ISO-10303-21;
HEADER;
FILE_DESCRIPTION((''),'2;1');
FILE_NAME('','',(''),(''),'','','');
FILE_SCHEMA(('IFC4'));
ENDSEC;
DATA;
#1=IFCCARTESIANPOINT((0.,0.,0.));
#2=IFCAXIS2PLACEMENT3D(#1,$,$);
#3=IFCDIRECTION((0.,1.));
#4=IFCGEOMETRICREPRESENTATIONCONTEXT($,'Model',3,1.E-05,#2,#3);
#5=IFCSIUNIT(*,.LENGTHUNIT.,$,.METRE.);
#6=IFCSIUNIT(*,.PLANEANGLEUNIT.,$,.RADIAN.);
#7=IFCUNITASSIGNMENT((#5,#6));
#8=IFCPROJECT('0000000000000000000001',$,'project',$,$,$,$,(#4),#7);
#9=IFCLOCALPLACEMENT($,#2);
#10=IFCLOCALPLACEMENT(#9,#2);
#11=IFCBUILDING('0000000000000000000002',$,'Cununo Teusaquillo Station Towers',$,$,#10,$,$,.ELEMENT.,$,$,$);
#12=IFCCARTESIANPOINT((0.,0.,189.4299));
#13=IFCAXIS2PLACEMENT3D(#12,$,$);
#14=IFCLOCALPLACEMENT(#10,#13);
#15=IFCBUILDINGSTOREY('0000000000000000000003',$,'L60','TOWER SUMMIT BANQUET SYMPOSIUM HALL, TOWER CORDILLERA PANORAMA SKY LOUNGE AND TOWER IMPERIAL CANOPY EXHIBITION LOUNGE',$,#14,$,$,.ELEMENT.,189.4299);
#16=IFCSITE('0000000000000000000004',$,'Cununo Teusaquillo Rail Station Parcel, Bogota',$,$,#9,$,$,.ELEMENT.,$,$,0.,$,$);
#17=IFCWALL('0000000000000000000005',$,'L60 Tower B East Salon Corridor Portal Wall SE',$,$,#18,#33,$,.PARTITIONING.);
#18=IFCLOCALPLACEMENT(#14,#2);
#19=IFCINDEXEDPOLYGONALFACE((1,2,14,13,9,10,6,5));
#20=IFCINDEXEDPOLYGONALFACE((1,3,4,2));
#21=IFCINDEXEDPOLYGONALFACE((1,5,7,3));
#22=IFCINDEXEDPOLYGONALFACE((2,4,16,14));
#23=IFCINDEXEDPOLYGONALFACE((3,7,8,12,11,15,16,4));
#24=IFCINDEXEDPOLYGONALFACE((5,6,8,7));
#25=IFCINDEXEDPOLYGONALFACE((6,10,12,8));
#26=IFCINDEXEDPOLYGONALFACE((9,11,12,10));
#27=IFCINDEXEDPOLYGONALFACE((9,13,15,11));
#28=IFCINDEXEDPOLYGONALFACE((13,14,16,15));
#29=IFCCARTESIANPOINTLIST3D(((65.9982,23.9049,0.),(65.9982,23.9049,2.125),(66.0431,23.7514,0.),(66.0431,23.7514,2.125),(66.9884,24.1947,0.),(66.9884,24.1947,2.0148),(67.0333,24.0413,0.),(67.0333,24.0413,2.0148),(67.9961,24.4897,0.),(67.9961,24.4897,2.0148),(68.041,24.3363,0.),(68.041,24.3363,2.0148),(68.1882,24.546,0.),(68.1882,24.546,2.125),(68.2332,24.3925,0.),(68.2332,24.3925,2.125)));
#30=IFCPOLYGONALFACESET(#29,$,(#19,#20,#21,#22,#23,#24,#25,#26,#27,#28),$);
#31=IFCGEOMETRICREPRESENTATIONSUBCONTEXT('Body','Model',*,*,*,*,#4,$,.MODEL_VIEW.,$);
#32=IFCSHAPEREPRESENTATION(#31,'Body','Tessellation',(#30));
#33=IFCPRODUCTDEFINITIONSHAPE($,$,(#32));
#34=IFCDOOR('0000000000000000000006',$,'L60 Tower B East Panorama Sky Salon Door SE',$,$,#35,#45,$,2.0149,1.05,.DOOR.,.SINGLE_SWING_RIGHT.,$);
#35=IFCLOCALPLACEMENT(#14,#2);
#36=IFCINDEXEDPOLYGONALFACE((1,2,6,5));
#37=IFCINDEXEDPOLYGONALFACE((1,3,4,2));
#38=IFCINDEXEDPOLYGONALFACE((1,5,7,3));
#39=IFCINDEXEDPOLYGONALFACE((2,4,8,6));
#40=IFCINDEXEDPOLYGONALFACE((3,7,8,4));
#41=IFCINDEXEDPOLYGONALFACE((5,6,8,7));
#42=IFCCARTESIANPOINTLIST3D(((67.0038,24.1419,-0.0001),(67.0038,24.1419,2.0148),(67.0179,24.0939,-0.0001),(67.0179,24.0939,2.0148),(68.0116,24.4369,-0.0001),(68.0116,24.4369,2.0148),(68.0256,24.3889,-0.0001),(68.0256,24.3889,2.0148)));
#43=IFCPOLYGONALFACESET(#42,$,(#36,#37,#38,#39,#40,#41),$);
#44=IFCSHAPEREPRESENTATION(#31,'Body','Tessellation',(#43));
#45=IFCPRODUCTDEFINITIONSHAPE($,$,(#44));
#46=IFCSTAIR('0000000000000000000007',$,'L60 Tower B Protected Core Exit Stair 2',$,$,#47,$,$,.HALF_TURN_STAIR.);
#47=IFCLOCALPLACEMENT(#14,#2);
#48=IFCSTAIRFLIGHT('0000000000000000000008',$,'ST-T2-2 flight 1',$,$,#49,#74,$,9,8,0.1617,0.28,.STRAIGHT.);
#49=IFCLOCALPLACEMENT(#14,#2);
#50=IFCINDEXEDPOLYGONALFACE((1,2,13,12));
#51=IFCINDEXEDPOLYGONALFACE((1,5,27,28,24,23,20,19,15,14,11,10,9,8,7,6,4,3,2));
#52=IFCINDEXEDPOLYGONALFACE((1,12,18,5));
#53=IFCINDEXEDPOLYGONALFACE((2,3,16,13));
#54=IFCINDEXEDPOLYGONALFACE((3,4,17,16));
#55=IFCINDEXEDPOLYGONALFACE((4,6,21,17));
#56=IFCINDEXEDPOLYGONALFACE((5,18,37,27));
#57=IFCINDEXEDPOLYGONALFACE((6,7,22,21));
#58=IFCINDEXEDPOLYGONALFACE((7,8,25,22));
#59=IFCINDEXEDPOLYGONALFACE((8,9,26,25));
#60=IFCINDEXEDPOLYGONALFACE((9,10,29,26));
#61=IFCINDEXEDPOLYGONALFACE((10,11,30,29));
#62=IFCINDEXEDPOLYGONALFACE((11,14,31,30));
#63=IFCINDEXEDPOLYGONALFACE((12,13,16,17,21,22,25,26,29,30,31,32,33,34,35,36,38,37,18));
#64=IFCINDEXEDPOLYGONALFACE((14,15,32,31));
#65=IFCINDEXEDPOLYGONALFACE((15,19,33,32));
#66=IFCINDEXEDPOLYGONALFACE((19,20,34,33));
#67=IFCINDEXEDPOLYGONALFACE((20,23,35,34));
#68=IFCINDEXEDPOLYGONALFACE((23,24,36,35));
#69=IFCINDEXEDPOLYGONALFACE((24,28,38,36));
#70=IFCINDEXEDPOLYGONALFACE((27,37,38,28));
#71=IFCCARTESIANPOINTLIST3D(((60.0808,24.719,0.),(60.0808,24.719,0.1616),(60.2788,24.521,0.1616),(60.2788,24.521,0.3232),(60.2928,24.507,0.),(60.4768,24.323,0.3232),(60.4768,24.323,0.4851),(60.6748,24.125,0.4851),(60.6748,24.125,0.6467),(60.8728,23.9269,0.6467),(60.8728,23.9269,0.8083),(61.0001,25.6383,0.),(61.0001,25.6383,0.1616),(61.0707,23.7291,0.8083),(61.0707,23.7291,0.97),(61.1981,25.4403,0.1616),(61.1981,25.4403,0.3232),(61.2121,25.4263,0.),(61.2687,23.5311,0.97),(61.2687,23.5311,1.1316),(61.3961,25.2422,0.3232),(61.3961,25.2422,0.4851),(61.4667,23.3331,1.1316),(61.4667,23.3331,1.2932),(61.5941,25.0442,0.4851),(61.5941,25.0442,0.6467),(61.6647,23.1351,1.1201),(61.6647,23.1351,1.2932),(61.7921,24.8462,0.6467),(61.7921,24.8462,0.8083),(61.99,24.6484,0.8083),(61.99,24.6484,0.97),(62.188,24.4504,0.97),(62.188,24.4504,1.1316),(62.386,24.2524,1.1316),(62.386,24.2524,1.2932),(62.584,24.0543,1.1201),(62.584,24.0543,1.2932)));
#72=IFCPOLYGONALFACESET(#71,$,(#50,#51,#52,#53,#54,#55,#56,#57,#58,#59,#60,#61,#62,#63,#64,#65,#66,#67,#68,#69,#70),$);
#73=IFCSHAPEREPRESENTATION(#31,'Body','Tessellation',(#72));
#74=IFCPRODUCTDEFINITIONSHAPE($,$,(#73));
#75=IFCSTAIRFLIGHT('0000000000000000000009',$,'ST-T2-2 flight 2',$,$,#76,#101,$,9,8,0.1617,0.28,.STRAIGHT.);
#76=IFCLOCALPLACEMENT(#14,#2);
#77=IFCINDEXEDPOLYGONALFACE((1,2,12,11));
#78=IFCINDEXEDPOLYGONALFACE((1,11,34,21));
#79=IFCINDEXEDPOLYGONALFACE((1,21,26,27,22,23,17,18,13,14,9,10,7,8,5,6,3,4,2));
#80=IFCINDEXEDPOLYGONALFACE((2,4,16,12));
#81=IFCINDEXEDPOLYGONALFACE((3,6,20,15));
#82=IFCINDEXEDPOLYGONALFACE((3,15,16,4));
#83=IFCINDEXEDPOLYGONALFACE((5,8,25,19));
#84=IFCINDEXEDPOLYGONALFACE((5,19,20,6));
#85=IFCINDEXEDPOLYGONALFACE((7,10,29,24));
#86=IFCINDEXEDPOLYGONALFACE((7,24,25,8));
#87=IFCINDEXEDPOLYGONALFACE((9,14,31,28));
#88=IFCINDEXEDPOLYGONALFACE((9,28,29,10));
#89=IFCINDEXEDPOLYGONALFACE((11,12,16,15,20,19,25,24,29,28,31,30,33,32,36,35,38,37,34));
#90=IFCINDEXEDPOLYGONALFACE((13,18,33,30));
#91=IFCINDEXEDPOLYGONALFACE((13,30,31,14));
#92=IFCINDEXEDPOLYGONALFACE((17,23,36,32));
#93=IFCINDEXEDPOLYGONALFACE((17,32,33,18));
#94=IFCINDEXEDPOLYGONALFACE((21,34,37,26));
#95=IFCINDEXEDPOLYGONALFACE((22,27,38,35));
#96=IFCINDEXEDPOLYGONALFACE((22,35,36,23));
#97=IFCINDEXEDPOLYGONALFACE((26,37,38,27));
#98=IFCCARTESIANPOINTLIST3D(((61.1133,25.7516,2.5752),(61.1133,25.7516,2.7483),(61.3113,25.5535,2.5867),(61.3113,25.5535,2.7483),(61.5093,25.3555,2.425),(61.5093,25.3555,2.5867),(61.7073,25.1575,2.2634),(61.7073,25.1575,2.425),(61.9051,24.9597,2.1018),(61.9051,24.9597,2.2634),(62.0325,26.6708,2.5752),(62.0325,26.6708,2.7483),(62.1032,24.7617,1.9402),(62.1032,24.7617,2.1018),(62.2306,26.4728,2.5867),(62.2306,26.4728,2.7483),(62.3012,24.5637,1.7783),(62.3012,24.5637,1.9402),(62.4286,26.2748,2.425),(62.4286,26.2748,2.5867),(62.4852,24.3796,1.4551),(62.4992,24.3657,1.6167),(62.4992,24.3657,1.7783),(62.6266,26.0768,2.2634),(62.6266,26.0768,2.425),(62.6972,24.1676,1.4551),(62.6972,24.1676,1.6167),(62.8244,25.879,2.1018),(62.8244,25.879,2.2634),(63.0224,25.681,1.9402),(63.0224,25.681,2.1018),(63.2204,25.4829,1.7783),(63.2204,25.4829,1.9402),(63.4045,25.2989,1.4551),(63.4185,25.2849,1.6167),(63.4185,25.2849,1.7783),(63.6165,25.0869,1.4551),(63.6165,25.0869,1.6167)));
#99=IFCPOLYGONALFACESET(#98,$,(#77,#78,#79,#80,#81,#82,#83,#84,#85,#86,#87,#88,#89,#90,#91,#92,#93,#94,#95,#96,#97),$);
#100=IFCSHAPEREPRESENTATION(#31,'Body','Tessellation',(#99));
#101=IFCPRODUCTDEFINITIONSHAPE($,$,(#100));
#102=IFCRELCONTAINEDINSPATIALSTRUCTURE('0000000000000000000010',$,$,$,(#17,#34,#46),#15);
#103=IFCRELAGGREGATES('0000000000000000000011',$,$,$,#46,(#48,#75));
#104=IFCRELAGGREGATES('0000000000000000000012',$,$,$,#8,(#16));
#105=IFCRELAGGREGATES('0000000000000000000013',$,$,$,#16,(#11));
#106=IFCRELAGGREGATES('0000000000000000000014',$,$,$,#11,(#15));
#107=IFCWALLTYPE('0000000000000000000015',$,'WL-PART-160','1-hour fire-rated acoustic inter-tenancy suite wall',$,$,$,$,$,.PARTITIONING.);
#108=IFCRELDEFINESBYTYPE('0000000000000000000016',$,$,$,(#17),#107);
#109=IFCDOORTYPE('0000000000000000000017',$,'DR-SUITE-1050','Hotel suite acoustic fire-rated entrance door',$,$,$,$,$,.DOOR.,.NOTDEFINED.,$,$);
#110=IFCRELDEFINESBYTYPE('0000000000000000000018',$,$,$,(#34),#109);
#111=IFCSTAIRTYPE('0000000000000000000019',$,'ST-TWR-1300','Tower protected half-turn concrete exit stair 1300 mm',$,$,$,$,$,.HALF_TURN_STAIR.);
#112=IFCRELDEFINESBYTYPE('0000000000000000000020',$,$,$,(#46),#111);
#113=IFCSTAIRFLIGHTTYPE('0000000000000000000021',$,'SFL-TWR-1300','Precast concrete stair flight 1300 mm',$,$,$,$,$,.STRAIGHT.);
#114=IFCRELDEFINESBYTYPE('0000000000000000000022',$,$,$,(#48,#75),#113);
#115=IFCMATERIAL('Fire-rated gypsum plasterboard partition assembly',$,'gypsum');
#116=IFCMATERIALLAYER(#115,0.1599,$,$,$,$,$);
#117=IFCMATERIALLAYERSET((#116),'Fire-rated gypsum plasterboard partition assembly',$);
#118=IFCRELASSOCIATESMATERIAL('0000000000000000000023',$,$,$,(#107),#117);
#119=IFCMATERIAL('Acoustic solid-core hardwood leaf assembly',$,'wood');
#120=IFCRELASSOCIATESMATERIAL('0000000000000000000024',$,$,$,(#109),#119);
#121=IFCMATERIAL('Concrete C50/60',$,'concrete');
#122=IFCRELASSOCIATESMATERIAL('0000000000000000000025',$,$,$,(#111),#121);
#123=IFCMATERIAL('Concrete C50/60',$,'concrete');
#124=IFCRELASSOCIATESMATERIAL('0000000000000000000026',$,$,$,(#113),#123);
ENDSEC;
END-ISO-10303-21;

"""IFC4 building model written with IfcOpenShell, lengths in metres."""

from ifc_helpers import new_model, si_unit, direction, frame, frame_2d, origin, place, context, subcontext, project, spatial, polyline, rectangle, outline, extrude, source, transform, mapped, material, layer, layer_set, type_object, element, fill, aggregate, save


model = new_model("IFC4")

# Units and contexts
model_context = context("Model", 3, precision=1e-05, world=origin(), true_north=direction((0.0, 1.0)))
body_context = subcontext(model_context, "Body", "Model", "MODEL_VIEW")
ifc_project = project(units=[si_unit("LENGTHUNIT", "METRE"), si_unit("PLANEANGLEUNIT", "RADIAN")], contexts=[model_context])

# Site, building, storey
site_placement = place(None, origin())
site = spatial("IfcSite", under=ifc_project, at=site_placement, Name="Cununo Teusaquillo Rail Station Parcel, Bogota", CompositionType="ELEMENT", RefElevation=0.0)
building_placement = place(site_placement, origin())
building = spatial("IfcBuilding", under=site, at=building_placement, Name="Cununo Teusaquillo Station Towers", CompositionType="ELEMENT")
storey_placement = place(building_placement, frame((0.0, 0.0, 189.4299)))
storey = spatial("IfcBuildingStorey", under=building, at=storey_placement, Name="L60", Description="TOWER SUMMIT BANQUET SYMPOSIUM HALL, TOWER CORDILLERA PANORAMA SKY LOUNGE AND TOWER IMPERIAL CANOPY EXHIBITION LOUNGE", CompositionType="ELEMENT", Elevation=189.4299)

# Wall, opening, door
ifc_material_1 = material(Name="Fire-rated gypsum plasterboard partition assembly", Category="gypsum")
ifc_layer_1 = layer(ifc_material_1, 0.1599)
ifc_layer_set_1 = layer_set([ifc_layer_1], Name="Fire-rated gypsum plasterboard partition assembly")
wall_type_1 = type_object("IfcWallType", Name="WL-PART-160", Description="1-hour fire-rated acoustic inter-tenancy suite wall", PredefinedType="PARTITIONING", material=ifc_layer_set_1)
wall_1_placement = place(storey_placement, frame((66.0205, 23.8281, 0.0), z_axis=(0.0, 0.0, 1.0), x_axis=(0.959728, 0.280932, 0.0)))
wall_1 = element("IfcWall", 1, at=wall_1_placement, inside=storey, type_object=wall_type_1, Name="L60 Tower B East Salon Corridor Portal Wall SE", PredefinedType="PARTITIONING", context=body_context, shape_type="SweptSolid", body=[
    extrude(rectangle(XDim=2.282, YDim=0.1599, at=frame_2d((1.1411, 0.0))), origin(), (0.0, 0.0, 1.0), 2.125),
])
shared_shape_1 = source(origin(), body_context, "Body", "SweptSolid", [
    extrude(rectangle(XDim=1.05, YDim=2.0149, at=frame_2d((0.5249, 1.0073))), frame((0.0, 0.0898, 0.0), z_axis=(0.0, -1.0, 0.0), x_axis=(1.0, 0.0, 0.0)), (0.0, 0.0, 1.0), 0.1799),
])
opening_1_placement = place(wall_1_placement, frame((1.032, 0.0, 0.0)))
opening_1 = element("IfcOpeningElement", 2, at=opening_1_placement, cuts=wall_1, PredefinedType="OPENING", context=body_context, shape_type="MappedRepresentation", body=[
    mapped(shared_shape_1, transform((0.0, 0.0, 0.0), x_axis=(1.0, 0.0, 0.0), y_axis=(0.0, 1.0, 0.0), z_axis=(0.0, 0.0, 1.0), scale=1.0)),
])
ifc_material_2 = material(Name="Acoustic solid-core hardwood leaf assembly", Category="wood")
door_type_1 = type_object("IfcDoorType", Name="DR-SUITE-1050", Description="Hotel suite acoustic fire-rated entrance door", OperationType="NOTDEFINED", PredefinedType="DOOR", material=ifc_material_2)
shared_shape_2 = source(origin(), body_context, "Body", "SweptSolid", [
    extrude(rectangle(XDim=1.05, YDim=2.0149, at=frame_2d((0.5249, 1.0073))), frame((0.0, 0.0249, 0.0), z_axis=(0.0, -1.0, 0.0), x_axis=(1.0, 0.0, 0.0)), (0.0, 0.0, 1.0), 0.05),
])
door_1_placement = place(opening_1_placement, origin())
door_1 = element("IfcDoor", 3, at=door_1_placement, inside=storey, type_object=door_type_1, Name="L60 Tower B East Panorama Sky Salon Door SE", OperationType="SINGLE_SWING_RIGHT", OverallHeight=2.0149, OverallWidth=1.05, PredefinedType="DOOR", context=body_context, shape_type="MappedRepresentation", body=[
    mapped(shared_shape_2, transform((0.0, 0.0, 0.0), x_axis=(1.0, 0.0, 0.0), y_axis=(0.0, 1.0, 0.0), z_axis=(0.0, 0.0, 1.0), scale=1.0)),
])
fill(opening_1, door_1)

# Stair, stair flights
ifc_material_3 = material(Name="Concrete C50/60", Category="concrete")
stair_type = type_object("IfcStairType", Name="ST-TWR-1300", Description="Tower protected half-turn concrete exit stair 1300 mm", PredefinedType="HALF_TURN_STAIR", material=ifc_material_3)
stair_placement = place(storey_placement, origin())
stair = element("IfcStair", 4, at=stair_placement, inside=storey, type_object=stair_type, Name="L60 Tower B Protected Core Exit Stair 2", PredefinedType="HALF_TURN_STAIR")
ifc_material_4 = material(Name="Concrete C50/60", Category="concrete")
stair_flight_type = type_object("IfcStairFlightType", Name="SFL-TWR-1300", Description="Precast concrete stair flight 1300 mm", PredefinedType="STRAIGHT", material=ifc_material_4)
stair_flight_1_placement = place(storey_placement, frame((60.5405, 25.1787, 0.0), z_axis=(0.0, 0.0, 1.0), x_axis=(0.707107, -0.707107, 0.0)))
stair_flight_1 = element("IfcStairFlight", 5, at=stair_flight_1_placement, type_object=stair_flight_type, Name="ST-T2-2 flight 1", NumberOfRisers=9, NumberOfTreads=8, PredefinedType="STRAIGHT", RiserHeight=0.1617, TreadLength=0.28, context=body_context, shape_type="SweptSolid", body=[
    extrude(outline(polyline([(0.0, 0.0), (0.0, 0.1616), (0.28, 0.1616), (0.28, 0.3232), (0.5601, 0.3232), (0.5601, 0.4851), (0.8401, 0.4851), (0.8401, 0.6467), (1.1201, 0.6467), (1.1201, 0.8083), (1.3999, 0.8083), (1.3999, 0.97), (1.6799, 0.97), (1.6799, 1.1316), (1.96, 1.1316), (1.96, 1.2932), (2.24, 1.2932), (2.24, 1.4551), (2.24, 1.1201), (0.2998, 0.0), (0.0, 0.0)])), frame((0.0, 0.6499, 0.0), z_axis=(0.0, -1.0, 0.0), x_axis=(1.0, 0.0, 0.0)), (0.0, 0.0, 1.0), 1.3),
])
stair_flight_2_placement = place(storey_placement, frame((63.1567, 24.6272, 1.4551), z_axis=(0.0, 0.0, 1.0), x_axis=(-0.707107, 0.707107, 0.0)))
stair_flight_2 = element("IfcStairFlight", 6, at=stair_flight_2_placement, type_object=stair_flight_type, Name="ST-T2-2 flight 2", NumberOfRisers=9, NumberOfTreads=8, PredefinedType="STRAIGHT", RiserHeight=0.1617, TreadLength=0.28, context=body_context, shape_type="SweptSolid", body=[
    extrude(outline(polyline([(0.0, 0.0), (0.0, 0.1616), (0.28, 0.1616), (0.28, 0.3232), (0.5601, 0.3232), (0.5601, 0.4851), (0.8401, 0.4851), (0.8401, 0.6467), (1.1201, 0.6467), (1.1201, 0.8083), (1.3999, 0.8083), (1.3999, 0.97), (1.6799, 0.97), (1.6799, 1.1316), (1.96, 1.1316), (1.96, 1.2932), (2.24, 1.2932), (2.24, 1.4551), (2.24, 1.1201), (0.2998, 0.0), (0.0, 0.0)])), frame((0.0, 0.6499, 0.0), z_axis=(0.0, -1.0, 0.0), x_axis=(1.0, 0.0, 0.0)), (0.0, 0.0, 1.0), 1.3),
])
aggregate(stair, [stair_flight_1, stair_flight_2])

save(model, "model.ifc")
